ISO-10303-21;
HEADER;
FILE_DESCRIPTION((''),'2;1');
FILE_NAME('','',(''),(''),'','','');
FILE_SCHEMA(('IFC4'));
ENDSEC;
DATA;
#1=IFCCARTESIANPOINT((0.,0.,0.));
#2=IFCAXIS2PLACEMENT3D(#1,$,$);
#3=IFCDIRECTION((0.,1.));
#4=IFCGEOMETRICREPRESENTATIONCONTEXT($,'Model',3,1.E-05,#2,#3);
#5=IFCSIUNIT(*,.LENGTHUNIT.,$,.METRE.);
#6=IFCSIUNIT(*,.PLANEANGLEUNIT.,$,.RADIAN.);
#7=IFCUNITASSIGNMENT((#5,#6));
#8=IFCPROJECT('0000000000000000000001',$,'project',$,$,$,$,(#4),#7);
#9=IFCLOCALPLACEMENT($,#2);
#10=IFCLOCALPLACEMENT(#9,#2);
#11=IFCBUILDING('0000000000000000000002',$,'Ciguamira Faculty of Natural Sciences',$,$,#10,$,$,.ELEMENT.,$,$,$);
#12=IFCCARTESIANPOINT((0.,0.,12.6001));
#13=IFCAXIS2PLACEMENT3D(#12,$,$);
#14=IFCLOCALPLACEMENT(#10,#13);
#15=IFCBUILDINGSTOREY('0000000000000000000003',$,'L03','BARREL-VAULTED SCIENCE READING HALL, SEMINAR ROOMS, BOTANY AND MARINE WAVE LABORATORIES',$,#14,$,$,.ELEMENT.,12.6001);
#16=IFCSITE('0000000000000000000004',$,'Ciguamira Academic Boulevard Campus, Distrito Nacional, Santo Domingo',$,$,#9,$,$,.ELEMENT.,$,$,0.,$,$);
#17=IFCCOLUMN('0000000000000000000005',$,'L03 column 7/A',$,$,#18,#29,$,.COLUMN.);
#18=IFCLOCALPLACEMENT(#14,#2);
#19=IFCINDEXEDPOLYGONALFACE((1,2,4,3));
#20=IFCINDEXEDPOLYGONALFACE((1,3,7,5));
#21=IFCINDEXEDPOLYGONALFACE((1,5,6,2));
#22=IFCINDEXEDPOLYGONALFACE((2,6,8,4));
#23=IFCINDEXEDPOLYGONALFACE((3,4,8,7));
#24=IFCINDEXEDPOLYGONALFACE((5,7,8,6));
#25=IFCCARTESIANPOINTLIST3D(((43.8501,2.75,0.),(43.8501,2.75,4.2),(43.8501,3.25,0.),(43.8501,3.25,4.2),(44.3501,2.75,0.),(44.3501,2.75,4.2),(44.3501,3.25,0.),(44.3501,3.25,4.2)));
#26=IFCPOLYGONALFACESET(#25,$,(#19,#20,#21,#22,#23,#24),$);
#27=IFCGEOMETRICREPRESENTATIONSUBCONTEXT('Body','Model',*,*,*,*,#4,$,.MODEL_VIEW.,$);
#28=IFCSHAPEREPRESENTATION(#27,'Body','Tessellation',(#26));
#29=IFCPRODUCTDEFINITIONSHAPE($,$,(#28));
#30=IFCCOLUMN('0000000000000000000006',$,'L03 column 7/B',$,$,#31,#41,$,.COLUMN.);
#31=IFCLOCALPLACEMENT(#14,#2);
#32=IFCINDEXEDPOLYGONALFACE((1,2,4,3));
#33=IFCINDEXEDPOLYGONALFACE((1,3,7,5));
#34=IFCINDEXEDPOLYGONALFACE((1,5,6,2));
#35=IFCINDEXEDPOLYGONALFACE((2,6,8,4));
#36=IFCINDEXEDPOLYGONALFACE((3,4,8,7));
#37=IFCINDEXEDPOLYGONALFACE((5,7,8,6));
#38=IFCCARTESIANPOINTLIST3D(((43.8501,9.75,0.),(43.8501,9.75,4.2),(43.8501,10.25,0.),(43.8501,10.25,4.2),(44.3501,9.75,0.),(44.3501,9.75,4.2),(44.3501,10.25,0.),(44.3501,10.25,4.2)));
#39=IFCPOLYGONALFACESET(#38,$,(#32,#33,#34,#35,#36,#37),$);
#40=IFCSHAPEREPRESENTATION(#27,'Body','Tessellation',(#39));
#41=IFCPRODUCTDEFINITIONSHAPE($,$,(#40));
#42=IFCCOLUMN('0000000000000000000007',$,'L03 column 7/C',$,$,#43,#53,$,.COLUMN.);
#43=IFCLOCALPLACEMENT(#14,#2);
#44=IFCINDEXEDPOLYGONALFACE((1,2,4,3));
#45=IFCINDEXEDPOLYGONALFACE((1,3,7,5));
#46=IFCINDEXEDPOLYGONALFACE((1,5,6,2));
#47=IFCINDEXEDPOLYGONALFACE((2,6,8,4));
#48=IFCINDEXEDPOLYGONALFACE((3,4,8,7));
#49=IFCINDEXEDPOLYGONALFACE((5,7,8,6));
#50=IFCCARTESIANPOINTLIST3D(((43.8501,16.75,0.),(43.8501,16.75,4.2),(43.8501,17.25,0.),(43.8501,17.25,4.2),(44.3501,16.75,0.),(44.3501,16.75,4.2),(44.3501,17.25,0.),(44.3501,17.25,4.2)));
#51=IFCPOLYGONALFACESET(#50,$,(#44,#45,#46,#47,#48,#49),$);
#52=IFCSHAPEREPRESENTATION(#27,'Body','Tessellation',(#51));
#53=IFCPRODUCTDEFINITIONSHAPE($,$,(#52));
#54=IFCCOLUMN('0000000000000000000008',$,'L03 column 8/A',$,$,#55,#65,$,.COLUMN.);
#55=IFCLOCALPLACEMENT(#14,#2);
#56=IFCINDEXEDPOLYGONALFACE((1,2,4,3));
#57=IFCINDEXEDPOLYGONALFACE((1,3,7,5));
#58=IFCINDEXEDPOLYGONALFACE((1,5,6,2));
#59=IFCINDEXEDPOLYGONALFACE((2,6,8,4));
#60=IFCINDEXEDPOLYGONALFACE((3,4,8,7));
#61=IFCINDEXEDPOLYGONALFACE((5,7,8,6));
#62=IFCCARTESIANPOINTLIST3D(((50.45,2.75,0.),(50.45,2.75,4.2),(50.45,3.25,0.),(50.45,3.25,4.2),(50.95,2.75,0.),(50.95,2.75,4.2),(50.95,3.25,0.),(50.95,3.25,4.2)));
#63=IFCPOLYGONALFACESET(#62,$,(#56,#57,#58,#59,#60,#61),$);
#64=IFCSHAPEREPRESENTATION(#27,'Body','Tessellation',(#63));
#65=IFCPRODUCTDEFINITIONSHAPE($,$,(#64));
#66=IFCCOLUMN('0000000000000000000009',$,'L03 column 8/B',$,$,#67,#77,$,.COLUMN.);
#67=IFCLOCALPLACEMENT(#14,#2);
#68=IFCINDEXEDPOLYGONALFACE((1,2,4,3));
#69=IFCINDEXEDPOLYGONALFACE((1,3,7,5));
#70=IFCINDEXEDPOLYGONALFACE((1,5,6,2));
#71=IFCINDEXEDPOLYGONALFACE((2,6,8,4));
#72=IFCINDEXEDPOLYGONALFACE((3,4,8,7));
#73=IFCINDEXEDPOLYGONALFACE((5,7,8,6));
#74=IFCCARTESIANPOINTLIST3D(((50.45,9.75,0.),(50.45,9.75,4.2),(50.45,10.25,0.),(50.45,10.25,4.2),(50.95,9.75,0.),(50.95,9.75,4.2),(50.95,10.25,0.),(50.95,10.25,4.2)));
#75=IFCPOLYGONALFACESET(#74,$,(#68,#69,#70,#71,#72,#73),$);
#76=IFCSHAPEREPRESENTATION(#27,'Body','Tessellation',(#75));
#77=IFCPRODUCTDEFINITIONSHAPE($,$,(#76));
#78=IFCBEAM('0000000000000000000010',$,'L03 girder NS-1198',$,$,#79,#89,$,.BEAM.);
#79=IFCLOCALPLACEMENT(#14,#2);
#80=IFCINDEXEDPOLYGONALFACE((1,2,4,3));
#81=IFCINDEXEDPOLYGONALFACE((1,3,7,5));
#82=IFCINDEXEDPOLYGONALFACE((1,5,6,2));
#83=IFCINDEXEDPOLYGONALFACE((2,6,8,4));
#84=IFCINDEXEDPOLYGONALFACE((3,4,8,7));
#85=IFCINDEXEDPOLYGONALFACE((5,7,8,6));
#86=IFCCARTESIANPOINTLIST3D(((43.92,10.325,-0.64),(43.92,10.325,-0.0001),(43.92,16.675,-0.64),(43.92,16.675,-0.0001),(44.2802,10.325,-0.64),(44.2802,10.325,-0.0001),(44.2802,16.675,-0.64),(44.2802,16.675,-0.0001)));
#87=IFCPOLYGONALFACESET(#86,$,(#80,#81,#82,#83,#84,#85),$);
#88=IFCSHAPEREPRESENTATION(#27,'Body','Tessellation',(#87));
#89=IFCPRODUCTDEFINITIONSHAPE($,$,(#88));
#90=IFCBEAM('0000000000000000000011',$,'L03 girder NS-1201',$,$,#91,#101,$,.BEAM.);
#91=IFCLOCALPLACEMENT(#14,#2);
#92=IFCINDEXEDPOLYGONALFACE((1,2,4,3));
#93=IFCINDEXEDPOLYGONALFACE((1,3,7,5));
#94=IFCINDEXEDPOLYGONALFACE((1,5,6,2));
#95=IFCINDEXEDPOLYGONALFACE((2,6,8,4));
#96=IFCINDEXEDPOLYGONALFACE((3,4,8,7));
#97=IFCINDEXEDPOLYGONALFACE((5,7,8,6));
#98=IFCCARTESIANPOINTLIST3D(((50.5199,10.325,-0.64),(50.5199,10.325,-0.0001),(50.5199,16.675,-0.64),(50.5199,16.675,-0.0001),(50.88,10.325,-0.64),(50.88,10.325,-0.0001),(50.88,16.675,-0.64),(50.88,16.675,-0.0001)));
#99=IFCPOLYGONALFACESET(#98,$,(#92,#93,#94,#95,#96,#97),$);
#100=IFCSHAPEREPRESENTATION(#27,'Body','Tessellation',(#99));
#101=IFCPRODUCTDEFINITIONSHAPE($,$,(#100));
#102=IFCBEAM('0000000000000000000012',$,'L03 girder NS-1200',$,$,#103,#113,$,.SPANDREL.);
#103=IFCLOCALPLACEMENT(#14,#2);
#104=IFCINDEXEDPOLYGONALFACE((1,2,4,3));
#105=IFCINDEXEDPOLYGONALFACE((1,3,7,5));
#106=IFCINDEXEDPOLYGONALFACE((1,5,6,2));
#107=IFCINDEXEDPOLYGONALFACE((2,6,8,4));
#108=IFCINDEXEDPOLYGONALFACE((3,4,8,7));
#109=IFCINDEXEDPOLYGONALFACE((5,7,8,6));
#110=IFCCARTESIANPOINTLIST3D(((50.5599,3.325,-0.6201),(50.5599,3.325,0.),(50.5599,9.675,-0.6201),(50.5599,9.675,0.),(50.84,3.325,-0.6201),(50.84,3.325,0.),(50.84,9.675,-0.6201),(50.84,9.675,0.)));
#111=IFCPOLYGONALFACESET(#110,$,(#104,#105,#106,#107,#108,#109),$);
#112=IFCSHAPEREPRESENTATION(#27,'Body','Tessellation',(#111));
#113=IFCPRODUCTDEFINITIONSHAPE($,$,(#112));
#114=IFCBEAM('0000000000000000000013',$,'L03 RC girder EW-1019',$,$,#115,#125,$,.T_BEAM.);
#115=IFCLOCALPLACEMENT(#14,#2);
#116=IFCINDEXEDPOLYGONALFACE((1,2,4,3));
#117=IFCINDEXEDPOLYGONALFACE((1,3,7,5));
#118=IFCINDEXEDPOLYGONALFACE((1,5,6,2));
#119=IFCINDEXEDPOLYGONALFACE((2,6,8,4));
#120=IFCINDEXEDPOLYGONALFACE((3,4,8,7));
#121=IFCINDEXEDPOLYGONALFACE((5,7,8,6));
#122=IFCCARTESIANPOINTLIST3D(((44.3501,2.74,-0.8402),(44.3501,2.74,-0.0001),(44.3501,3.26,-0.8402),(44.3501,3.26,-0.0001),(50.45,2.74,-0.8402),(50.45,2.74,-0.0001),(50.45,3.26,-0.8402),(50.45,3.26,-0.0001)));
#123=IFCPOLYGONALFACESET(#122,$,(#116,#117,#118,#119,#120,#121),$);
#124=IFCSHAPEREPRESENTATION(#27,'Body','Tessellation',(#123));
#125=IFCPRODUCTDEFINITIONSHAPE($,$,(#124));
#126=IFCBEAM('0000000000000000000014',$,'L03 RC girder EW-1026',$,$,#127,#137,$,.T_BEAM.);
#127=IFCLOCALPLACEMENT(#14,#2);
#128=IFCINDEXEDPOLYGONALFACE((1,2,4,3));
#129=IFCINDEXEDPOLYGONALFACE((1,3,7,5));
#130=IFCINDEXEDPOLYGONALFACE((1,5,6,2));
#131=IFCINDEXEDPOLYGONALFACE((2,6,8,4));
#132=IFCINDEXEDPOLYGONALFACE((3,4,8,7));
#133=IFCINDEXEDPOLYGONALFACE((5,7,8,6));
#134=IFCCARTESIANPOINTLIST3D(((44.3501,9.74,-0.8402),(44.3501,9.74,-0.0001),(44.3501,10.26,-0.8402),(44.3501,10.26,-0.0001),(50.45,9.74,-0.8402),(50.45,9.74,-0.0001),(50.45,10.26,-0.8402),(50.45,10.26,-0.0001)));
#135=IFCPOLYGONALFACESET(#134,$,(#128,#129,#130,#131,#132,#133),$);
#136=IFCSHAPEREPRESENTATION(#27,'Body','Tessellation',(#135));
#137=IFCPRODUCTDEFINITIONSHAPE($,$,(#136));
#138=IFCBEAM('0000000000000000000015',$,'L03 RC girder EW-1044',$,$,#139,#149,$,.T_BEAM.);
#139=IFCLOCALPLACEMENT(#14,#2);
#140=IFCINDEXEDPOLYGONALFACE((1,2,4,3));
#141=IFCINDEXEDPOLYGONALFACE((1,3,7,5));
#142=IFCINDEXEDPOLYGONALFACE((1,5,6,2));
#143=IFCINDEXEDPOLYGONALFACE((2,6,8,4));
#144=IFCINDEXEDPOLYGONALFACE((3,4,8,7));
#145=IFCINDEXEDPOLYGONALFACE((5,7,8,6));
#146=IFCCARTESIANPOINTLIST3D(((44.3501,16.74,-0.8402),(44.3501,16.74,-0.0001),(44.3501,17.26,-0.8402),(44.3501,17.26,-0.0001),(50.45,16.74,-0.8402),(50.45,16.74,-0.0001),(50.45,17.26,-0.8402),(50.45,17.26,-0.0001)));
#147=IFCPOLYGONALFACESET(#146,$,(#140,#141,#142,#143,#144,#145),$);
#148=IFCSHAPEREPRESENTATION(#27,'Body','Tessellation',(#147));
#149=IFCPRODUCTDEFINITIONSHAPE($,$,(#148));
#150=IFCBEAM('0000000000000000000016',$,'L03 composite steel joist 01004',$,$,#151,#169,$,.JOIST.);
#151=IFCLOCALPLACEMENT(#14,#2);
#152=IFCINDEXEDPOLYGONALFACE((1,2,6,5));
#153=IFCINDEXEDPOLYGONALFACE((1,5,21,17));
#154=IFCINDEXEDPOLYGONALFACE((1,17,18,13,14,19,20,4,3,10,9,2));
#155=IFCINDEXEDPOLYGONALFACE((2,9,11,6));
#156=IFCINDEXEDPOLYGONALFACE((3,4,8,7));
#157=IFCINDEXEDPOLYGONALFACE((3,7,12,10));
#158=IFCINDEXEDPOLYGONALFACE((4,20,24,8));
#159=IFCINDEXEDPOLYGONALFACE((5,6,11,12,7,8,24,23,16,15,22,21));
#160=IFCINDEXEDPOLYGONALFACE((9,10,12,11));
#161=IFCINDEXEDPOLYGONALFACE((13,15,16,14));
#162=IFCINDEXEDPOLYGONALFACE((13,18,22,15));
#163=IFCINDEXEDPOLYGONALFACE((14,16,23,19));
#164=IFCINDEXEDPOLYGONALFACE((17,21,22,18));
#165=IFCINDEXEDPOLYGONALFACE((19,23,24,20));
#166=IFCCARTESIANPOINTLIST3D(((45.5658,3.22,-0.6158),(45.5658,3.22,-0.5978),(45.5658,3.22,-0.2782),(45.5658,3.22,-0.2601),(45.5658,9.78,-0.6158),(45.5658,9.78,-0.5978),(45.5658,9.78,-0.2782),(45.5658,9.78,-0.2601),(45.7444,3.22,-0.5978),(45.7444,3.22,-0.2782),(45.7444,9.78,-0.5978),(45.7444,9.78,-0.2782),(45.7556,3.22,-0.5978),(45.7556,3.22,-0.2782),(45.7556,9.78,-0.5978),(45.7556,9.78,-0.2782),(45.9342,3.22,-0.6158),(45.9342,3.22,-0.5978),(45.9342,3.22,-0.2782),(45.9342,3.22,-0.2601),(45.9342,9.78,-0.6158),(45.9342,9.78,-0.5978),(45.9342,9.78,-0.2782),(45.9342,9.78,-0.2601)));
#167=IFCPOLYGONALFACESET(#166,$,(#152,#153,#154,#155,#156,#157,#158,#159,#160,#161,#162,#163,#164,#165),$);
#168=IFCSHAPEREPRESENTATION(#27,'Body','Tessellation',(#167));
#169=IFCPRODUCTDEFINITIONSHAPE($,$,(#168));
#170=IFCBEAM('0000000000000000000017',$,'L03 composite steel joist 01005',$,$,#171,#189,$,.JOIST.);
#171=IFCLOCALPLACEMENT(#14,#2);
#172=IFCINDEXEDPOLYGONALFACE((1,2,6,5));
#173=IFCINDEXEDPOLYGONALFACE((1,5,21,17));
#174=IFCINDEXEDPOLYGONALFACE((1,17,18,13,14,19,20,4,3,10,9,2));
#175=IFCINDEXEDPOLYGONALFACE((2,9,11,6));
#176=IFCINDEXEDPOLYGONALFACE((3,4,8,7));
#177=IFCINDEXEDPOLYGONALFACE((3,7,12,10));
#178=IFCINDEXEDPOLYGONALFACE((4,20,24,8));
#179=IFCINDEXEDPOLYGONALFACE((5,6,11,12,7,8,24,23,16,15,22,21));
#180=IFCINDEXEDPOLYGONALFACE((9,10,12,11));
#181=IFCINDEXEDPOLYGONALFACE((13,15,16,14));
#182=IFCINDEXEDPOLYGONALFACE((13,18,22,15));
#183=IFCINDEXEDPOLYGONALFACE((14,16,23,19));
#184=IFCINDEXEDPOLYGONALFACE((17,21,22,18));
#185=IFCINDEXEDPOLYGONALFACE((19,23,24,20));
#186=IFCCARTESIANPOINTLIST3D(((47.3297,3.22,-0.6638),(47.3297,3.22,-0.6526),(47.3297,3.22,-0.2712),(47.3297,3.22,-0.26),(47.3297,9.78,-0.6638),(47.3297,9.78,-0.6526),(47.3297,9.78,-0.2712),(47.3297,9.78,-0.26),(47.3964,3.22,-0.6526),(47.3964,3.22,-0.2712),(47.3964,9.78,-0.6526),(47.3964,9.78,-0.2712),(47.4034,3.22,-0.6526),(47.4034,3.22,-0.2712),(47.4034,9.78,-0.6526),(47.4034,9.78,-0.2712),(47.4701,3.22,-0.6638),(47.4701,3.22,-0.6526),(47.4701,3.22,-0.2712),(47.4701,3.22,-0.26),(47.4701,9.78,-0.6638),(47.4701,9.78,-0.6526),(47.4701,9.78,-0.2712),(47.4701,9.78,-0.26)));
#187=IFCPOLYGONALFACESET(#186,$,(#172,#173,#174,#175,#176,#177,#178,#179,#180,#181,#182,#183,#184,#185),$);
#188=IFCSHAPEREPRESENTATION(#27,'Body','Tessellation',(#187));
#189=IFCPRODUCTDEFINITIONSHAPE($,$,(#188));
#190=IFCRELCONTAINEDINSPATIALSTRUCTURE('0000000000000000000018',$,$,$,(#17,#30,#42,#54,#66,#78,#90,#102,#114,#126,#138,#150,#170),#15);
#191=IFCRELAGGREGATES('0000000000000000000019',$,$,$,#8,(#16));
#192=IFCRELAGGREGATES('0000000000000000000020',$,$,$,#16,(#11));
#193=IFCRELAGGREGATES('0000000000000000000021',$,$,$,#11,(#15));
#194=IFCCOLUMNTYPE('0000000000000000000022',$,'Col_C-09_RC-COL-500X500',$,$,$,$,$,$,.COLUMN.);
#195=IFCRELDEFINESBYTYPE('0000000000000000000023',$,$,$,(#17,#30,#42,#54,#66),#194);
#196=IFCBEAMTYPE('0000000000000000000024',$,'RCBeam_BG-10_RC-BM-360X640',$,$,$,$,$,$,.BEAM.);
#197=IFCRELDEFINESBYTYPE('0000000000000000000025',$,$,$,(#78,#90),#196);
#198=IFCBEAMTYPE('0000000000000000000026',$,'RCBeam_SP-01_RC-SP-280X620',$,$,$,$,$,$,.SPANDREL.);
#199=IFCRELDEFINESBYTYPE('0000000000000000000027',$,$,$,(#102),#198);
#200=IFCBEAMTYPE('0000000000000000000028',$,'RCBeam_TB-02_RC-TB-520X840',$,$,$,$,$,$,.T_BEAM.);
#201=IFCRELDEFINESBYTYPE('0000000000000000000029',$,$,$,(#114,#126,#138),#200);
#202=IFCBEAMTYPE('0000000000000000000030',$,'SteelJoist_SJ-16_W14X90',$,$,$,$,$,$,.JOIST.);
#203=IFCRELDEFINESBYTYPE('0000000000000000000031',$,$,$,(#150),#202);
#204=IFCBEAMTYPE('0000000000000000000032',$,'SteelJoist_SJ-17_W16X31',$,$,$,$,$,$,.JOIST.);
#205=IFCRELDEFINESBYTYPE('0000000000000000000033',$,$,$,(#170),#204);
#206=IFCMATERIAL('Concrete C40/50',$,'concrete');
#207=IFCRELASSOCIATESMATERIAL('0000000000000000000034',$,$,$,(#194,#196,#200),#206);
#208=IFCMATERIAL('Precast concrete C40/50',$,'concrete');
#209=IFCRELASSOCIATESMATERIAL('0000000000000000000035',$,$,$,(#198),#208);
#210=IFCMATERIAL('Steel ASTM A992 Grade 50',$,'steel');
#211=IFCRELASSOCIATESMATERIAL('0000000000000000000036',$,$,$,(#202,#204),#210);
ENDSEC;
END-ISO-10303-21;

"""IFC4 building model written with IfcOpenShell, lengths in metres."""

from ifc_helpers import new_model, si_unit, direction, frame, origin, origin_2d, place, context, subcontext, project, spatial, rectangle, i_section, extrude, material, material_profile, profile_set, type_object, element, save


model = new_model("IFC4")

# Units and contexts
model_context = context("Model", 3, precision=1e-05, world=origin(), true_north=direction((0.0, 1.0)))
body_context = subcontext(model_context, "Body", "Model", "MODEL_VIEW")
ifc_project = project(units=[si_unit("LENGTHUNIT", "METRE"), si_unit("PLANEANGLEUNIT", "RADIAN")], contexts=[model_context])

# Site, building, storey
site_placement = place(None, origin())
site = spatial("IfcSite", under=ifc_project, at=site_placement, Name="Ciguamira Academic Boulevard Campus, Distrito Nacional, Santo Domingo", CompositionType="ELEMENT", RefElevation=0.0)
building_placement = place(site_placement, origin())
building = spatial("IfcBuilding", under=site, at=building_placement, Name="Ciguamira Faculty of Natural Sciences", CompositionType="ELEMENT")
storey_placement = place(building_placement, frame((0.0, 0.0, 12.6001)))
storey = spatial("IfcBuildingStorey", under=building, at=storey_placement, Name="L03", Description="BARREL-VAULTED SCIENCE READING HALL, SEMINAR ROOMS, BOTANY AND MARINE WAVE LABORATORIES", CompositionType="ELEMENT", Elevation=12.6001)

# Columns
ifc_material_1 = material(Name="Concrete C40/50", Category="concrete")
ifc_material_profile_1 = material_profile(ifc_material_1, rectangle(XDim=0.5, YDim=0.5, at=origin_2d()), Name="RC-COL-500X500")
ifc_profile_set_1 = profile_set([ifc_material_profile_1], Name="Concrete C40/50")
column_type = type_object("IfcColumnType", Name="Col_C-09_RC-COL-500X500", PredefinedType="COLUMN", material=ifc_profile_set_1)
for number, where, z_axis, x_axis, name in (
    (1, (44.1001, 3.0, 0.0), (0.0, 0.0, 1.0), (1.0, 0.0, 0.0), "L03 column 7/A"),
    (2, (44.1001, 10.0, 0.0), (0.0, 0.0, 1.0), (1.0, 0.0, 0.0), "L03 column 7/B"),
    (3, (44.1001, 17.0, 0.0), (0.0, 0.0, 1.0), (1.0, 0.0, 0.0), "L03 column 7/C"),
    (4, (50.7, 3.0, 0.0), (0.0, 0.0, 1.0), (1.0, 0.0, 0.0), "L03 column 8/A"),
    (5, (50.7, 10.0, 0.0), (0.0, 0.0, 1.0), (1.0, 0.0, 0.0), "L03 column 8/B"),
):
    element("IfcColumn", number, at=place(storey_placement, frame(where, z_axis=z_axis, x_axis=x_axis)), inside=storey, type_object=column_type, Name=name, PredefinedType="COLUMN", context=body_context, shape_type="SweptSolid", body=[
        extrude(rectangle(XDim=0.5, YDim=0.5, at=origin_2d()), origin(), (0.0, 0.0, 1.0), 4.2),
    ])

# Beams
ifc_material_profile_2 = material_profile(ifc_material_1, rectangle(XDim=0.3601, YDim=0.6399, at=origin_2d()), Name="RC-BM-360X640")
ifc_profile_set_2 = profile_set([ifc_material_profile_2], Name="Concrete C40/50")
beam_type_1 = type_object("IfcBeamType", Name="RCBeam_BG-10_RC-BM-360X640", PredefinedType="BEAM", material=ifc_profile_set_2)
for number, where, z_axis, x_axis, name in (
    (6, (44.1001, 10.325, -0.3201), (0.0, 1.0, 0.0), (-1.0, 0.0, 0.0), "L03 girder NS-1198"),
    (7, (50.7, 10.325, -0.3201), (0.0, 1.0, 0.0), (-1.0, 0.0, 0.0), "L03 girder NS-1201"),
):
    element("IfcBeam", number, at=place(storey_placement, frame(where, z_axis=z_axis, x_axis=x_axis)), inside=storey, type_object=beam_type_1, Name=name, PredefinedType="BEAM", context=body_context, shape_type="SweptSolid", body=[
        extrude(rectangle(XDim=0.3601, YDim=0.6399, at=origin_2d()), origin(), (0.0, 0.0, 1.0), 6.3501),
    ])
ifc_material_2 = material(Name="Precast concrete C40/50", Category="concrete")
ifc_material_profile_3 = material_profile(ifc_material_2, rectangle(XDim=0.28, YDim=0.6201, at=origin_2d()), Name="RC-SP-280X620")
ifc_profile_set_3 = profile_set([ifc_material_profile_3], Name="Precast concrete C40/50")
beam_type_2 = type_object("IfcBeamType", Name="RCBeam_SP-01_RC-SP-280X620", PredefinedType="SPANDREL", material=ifc_profile_set_3)
beam_1_placement = place(storey_placement, frame((50.7, 3.325, -0.3101), z_axis=(0.0, 1.0, 0.0), x_axis=(-1.0, 0.0, 0.0)))
element("IfcBeam", 8, at=beam_1_placement, inside=storey, type_object=beam_type_2, Name="L03 girder NS-1200", PredefinedType="SPANDREL", context=body_context, shape_type="SweptSolid", body=[
    extrude(rectangle(XDim=0.28, YDim=0.6201, at=origin_2d()), origin(), (0.0, 0.0, 1.0), 6.3501),
])
ifc_material_profile_4 = material_profile(ifc_material_1, rectangle(XDim=0.52, YDim=0.8401, at=origin_2d()), Name="RC-TB-520X840")
ifc_profile_set_4 = profile_set([ifc_material_profile_4], Name="Concrete C40/50")
beam_type_3 = type_object("IfcBeamType", Name="RCBeam_TB-02_RC-TB-520X840", PredefinedType="T_BEAM", material=ifc_profile_set_4)
for number, where, z_axis, x_axis, name in (
    (9, (44.3501, 3.0, -0.4202), (1.0, 0.0, 0.0), (0.0, 1.0, 0.0), "L03 RC girder EW-1019"),
    (10, (44.3501, 10.0, -0.4202), (1.0, 0.0, 0.0), (0.0, 1.0, 0.0), "L03 RC girder EW-1026"),
    (11, (44.3501, 17.0, -0.4202), (1.0, 0.0, 0.0), (0.0, 1.0, 0.0), "L03 RC girder EW-1044"),
):
    element("IfcBeam", number, at=place(storey_placement, frame(where, z_axis=z_axis, x_axis=x_axis)), inside=storey, type_object=beam_type_3, Name=name, PredefinedType="T_BEAM", context=body_context, shape_type="SweptSolid", body=[
        extrude(rectangle(XDim=0.52, YDim=0.8401, at=origin_2d()), origin(), (0.0, 0.0, 1.0), 6.0999),
    ])
ifc_material_3 = material(Name="Steel ASTM A992 Grade 50", Category="steel")
ifc_material_profile_5 = material_profile(ifc_material_3, i_section(OverallWidth=0.3684, OverallDepth=0.3557, WebThickness=0.0112, FlangeThickness=0.0181, at=origin_2d()), Name="W14X90")
ifc_profile_set_5 = profile_set([ifc_material_profile_5], Name="Steel ASTM A992 Grade 50")
beam_type_4 = type_object("IfcBeamType", Name="SteelJoist_SJ-16_W14X90", PredefinedType="JOIST", material=ifc_profile_set_5)
beam_2_placement = place(storey_placement, frame((45.75, 3.22, -0.438), z_axis=(0.0, 1.0, 0.0), x_axis=(-1.0, 0.0, 0.0)))
element("IfcBeam", 12, at=beam_2_placement, inside=storey, type_object=beam_type_4, Name="L03 composite steel joist 01004", PredefinedType="JOIST", context=body_context, shape_type="SweptSolid", body=[
    extrude(i_section(OverallWidth=0.3684, OverallDepth=0.3557, WebThickness=0.0112, FlangeThickness=0.0181, at=origin_2d()), origin(), (0.0, 0.0, 1.0), 6.5601),
])
ifc_material_profile_6 = material_profile(ifc_material_3, i_section(OverallWidth=0.1404, OverallDepth=0.4038, WebThickness=0.0071, FlangeThickness=0.0112, at=origin_2d()), Name="W16X31")
ifc_profile_set_6 = profile_set([ifc_material_profile_6], Name="Steel ASTM A992 Grade 50")
beam_type_5 = type_object("IfcBeamType", Name="SteelJoist_SJ-17_W16X31", PredefinedType="JOIST", material=ifc_profile_set_6)
beam_3_placement = place(storey_placement, frame((47.3999, 3.22, -0.4619), z_axis=(0.0, 1.0, 0.0), x_axis=(-1.0, 0.0, 0.0)))
element("IfcBeam", 13, at=beam_3_placement, inside=storey, type_object=beam_type_5, Name="L03 composite steel joist 01005", PredefinedType="JOIST", context=body_context, shape_type="SweptSolid", body=[
    extrude(i_section(OverallWidth=0.1404, OverallDepth=0.4038, WebThickness=0.0071, FlangeThickness=0.0112, at=origin_2d()), origin(), (0.0, 0.0, 1.0), 6.5601),
])

save(model, "model.ifc")
